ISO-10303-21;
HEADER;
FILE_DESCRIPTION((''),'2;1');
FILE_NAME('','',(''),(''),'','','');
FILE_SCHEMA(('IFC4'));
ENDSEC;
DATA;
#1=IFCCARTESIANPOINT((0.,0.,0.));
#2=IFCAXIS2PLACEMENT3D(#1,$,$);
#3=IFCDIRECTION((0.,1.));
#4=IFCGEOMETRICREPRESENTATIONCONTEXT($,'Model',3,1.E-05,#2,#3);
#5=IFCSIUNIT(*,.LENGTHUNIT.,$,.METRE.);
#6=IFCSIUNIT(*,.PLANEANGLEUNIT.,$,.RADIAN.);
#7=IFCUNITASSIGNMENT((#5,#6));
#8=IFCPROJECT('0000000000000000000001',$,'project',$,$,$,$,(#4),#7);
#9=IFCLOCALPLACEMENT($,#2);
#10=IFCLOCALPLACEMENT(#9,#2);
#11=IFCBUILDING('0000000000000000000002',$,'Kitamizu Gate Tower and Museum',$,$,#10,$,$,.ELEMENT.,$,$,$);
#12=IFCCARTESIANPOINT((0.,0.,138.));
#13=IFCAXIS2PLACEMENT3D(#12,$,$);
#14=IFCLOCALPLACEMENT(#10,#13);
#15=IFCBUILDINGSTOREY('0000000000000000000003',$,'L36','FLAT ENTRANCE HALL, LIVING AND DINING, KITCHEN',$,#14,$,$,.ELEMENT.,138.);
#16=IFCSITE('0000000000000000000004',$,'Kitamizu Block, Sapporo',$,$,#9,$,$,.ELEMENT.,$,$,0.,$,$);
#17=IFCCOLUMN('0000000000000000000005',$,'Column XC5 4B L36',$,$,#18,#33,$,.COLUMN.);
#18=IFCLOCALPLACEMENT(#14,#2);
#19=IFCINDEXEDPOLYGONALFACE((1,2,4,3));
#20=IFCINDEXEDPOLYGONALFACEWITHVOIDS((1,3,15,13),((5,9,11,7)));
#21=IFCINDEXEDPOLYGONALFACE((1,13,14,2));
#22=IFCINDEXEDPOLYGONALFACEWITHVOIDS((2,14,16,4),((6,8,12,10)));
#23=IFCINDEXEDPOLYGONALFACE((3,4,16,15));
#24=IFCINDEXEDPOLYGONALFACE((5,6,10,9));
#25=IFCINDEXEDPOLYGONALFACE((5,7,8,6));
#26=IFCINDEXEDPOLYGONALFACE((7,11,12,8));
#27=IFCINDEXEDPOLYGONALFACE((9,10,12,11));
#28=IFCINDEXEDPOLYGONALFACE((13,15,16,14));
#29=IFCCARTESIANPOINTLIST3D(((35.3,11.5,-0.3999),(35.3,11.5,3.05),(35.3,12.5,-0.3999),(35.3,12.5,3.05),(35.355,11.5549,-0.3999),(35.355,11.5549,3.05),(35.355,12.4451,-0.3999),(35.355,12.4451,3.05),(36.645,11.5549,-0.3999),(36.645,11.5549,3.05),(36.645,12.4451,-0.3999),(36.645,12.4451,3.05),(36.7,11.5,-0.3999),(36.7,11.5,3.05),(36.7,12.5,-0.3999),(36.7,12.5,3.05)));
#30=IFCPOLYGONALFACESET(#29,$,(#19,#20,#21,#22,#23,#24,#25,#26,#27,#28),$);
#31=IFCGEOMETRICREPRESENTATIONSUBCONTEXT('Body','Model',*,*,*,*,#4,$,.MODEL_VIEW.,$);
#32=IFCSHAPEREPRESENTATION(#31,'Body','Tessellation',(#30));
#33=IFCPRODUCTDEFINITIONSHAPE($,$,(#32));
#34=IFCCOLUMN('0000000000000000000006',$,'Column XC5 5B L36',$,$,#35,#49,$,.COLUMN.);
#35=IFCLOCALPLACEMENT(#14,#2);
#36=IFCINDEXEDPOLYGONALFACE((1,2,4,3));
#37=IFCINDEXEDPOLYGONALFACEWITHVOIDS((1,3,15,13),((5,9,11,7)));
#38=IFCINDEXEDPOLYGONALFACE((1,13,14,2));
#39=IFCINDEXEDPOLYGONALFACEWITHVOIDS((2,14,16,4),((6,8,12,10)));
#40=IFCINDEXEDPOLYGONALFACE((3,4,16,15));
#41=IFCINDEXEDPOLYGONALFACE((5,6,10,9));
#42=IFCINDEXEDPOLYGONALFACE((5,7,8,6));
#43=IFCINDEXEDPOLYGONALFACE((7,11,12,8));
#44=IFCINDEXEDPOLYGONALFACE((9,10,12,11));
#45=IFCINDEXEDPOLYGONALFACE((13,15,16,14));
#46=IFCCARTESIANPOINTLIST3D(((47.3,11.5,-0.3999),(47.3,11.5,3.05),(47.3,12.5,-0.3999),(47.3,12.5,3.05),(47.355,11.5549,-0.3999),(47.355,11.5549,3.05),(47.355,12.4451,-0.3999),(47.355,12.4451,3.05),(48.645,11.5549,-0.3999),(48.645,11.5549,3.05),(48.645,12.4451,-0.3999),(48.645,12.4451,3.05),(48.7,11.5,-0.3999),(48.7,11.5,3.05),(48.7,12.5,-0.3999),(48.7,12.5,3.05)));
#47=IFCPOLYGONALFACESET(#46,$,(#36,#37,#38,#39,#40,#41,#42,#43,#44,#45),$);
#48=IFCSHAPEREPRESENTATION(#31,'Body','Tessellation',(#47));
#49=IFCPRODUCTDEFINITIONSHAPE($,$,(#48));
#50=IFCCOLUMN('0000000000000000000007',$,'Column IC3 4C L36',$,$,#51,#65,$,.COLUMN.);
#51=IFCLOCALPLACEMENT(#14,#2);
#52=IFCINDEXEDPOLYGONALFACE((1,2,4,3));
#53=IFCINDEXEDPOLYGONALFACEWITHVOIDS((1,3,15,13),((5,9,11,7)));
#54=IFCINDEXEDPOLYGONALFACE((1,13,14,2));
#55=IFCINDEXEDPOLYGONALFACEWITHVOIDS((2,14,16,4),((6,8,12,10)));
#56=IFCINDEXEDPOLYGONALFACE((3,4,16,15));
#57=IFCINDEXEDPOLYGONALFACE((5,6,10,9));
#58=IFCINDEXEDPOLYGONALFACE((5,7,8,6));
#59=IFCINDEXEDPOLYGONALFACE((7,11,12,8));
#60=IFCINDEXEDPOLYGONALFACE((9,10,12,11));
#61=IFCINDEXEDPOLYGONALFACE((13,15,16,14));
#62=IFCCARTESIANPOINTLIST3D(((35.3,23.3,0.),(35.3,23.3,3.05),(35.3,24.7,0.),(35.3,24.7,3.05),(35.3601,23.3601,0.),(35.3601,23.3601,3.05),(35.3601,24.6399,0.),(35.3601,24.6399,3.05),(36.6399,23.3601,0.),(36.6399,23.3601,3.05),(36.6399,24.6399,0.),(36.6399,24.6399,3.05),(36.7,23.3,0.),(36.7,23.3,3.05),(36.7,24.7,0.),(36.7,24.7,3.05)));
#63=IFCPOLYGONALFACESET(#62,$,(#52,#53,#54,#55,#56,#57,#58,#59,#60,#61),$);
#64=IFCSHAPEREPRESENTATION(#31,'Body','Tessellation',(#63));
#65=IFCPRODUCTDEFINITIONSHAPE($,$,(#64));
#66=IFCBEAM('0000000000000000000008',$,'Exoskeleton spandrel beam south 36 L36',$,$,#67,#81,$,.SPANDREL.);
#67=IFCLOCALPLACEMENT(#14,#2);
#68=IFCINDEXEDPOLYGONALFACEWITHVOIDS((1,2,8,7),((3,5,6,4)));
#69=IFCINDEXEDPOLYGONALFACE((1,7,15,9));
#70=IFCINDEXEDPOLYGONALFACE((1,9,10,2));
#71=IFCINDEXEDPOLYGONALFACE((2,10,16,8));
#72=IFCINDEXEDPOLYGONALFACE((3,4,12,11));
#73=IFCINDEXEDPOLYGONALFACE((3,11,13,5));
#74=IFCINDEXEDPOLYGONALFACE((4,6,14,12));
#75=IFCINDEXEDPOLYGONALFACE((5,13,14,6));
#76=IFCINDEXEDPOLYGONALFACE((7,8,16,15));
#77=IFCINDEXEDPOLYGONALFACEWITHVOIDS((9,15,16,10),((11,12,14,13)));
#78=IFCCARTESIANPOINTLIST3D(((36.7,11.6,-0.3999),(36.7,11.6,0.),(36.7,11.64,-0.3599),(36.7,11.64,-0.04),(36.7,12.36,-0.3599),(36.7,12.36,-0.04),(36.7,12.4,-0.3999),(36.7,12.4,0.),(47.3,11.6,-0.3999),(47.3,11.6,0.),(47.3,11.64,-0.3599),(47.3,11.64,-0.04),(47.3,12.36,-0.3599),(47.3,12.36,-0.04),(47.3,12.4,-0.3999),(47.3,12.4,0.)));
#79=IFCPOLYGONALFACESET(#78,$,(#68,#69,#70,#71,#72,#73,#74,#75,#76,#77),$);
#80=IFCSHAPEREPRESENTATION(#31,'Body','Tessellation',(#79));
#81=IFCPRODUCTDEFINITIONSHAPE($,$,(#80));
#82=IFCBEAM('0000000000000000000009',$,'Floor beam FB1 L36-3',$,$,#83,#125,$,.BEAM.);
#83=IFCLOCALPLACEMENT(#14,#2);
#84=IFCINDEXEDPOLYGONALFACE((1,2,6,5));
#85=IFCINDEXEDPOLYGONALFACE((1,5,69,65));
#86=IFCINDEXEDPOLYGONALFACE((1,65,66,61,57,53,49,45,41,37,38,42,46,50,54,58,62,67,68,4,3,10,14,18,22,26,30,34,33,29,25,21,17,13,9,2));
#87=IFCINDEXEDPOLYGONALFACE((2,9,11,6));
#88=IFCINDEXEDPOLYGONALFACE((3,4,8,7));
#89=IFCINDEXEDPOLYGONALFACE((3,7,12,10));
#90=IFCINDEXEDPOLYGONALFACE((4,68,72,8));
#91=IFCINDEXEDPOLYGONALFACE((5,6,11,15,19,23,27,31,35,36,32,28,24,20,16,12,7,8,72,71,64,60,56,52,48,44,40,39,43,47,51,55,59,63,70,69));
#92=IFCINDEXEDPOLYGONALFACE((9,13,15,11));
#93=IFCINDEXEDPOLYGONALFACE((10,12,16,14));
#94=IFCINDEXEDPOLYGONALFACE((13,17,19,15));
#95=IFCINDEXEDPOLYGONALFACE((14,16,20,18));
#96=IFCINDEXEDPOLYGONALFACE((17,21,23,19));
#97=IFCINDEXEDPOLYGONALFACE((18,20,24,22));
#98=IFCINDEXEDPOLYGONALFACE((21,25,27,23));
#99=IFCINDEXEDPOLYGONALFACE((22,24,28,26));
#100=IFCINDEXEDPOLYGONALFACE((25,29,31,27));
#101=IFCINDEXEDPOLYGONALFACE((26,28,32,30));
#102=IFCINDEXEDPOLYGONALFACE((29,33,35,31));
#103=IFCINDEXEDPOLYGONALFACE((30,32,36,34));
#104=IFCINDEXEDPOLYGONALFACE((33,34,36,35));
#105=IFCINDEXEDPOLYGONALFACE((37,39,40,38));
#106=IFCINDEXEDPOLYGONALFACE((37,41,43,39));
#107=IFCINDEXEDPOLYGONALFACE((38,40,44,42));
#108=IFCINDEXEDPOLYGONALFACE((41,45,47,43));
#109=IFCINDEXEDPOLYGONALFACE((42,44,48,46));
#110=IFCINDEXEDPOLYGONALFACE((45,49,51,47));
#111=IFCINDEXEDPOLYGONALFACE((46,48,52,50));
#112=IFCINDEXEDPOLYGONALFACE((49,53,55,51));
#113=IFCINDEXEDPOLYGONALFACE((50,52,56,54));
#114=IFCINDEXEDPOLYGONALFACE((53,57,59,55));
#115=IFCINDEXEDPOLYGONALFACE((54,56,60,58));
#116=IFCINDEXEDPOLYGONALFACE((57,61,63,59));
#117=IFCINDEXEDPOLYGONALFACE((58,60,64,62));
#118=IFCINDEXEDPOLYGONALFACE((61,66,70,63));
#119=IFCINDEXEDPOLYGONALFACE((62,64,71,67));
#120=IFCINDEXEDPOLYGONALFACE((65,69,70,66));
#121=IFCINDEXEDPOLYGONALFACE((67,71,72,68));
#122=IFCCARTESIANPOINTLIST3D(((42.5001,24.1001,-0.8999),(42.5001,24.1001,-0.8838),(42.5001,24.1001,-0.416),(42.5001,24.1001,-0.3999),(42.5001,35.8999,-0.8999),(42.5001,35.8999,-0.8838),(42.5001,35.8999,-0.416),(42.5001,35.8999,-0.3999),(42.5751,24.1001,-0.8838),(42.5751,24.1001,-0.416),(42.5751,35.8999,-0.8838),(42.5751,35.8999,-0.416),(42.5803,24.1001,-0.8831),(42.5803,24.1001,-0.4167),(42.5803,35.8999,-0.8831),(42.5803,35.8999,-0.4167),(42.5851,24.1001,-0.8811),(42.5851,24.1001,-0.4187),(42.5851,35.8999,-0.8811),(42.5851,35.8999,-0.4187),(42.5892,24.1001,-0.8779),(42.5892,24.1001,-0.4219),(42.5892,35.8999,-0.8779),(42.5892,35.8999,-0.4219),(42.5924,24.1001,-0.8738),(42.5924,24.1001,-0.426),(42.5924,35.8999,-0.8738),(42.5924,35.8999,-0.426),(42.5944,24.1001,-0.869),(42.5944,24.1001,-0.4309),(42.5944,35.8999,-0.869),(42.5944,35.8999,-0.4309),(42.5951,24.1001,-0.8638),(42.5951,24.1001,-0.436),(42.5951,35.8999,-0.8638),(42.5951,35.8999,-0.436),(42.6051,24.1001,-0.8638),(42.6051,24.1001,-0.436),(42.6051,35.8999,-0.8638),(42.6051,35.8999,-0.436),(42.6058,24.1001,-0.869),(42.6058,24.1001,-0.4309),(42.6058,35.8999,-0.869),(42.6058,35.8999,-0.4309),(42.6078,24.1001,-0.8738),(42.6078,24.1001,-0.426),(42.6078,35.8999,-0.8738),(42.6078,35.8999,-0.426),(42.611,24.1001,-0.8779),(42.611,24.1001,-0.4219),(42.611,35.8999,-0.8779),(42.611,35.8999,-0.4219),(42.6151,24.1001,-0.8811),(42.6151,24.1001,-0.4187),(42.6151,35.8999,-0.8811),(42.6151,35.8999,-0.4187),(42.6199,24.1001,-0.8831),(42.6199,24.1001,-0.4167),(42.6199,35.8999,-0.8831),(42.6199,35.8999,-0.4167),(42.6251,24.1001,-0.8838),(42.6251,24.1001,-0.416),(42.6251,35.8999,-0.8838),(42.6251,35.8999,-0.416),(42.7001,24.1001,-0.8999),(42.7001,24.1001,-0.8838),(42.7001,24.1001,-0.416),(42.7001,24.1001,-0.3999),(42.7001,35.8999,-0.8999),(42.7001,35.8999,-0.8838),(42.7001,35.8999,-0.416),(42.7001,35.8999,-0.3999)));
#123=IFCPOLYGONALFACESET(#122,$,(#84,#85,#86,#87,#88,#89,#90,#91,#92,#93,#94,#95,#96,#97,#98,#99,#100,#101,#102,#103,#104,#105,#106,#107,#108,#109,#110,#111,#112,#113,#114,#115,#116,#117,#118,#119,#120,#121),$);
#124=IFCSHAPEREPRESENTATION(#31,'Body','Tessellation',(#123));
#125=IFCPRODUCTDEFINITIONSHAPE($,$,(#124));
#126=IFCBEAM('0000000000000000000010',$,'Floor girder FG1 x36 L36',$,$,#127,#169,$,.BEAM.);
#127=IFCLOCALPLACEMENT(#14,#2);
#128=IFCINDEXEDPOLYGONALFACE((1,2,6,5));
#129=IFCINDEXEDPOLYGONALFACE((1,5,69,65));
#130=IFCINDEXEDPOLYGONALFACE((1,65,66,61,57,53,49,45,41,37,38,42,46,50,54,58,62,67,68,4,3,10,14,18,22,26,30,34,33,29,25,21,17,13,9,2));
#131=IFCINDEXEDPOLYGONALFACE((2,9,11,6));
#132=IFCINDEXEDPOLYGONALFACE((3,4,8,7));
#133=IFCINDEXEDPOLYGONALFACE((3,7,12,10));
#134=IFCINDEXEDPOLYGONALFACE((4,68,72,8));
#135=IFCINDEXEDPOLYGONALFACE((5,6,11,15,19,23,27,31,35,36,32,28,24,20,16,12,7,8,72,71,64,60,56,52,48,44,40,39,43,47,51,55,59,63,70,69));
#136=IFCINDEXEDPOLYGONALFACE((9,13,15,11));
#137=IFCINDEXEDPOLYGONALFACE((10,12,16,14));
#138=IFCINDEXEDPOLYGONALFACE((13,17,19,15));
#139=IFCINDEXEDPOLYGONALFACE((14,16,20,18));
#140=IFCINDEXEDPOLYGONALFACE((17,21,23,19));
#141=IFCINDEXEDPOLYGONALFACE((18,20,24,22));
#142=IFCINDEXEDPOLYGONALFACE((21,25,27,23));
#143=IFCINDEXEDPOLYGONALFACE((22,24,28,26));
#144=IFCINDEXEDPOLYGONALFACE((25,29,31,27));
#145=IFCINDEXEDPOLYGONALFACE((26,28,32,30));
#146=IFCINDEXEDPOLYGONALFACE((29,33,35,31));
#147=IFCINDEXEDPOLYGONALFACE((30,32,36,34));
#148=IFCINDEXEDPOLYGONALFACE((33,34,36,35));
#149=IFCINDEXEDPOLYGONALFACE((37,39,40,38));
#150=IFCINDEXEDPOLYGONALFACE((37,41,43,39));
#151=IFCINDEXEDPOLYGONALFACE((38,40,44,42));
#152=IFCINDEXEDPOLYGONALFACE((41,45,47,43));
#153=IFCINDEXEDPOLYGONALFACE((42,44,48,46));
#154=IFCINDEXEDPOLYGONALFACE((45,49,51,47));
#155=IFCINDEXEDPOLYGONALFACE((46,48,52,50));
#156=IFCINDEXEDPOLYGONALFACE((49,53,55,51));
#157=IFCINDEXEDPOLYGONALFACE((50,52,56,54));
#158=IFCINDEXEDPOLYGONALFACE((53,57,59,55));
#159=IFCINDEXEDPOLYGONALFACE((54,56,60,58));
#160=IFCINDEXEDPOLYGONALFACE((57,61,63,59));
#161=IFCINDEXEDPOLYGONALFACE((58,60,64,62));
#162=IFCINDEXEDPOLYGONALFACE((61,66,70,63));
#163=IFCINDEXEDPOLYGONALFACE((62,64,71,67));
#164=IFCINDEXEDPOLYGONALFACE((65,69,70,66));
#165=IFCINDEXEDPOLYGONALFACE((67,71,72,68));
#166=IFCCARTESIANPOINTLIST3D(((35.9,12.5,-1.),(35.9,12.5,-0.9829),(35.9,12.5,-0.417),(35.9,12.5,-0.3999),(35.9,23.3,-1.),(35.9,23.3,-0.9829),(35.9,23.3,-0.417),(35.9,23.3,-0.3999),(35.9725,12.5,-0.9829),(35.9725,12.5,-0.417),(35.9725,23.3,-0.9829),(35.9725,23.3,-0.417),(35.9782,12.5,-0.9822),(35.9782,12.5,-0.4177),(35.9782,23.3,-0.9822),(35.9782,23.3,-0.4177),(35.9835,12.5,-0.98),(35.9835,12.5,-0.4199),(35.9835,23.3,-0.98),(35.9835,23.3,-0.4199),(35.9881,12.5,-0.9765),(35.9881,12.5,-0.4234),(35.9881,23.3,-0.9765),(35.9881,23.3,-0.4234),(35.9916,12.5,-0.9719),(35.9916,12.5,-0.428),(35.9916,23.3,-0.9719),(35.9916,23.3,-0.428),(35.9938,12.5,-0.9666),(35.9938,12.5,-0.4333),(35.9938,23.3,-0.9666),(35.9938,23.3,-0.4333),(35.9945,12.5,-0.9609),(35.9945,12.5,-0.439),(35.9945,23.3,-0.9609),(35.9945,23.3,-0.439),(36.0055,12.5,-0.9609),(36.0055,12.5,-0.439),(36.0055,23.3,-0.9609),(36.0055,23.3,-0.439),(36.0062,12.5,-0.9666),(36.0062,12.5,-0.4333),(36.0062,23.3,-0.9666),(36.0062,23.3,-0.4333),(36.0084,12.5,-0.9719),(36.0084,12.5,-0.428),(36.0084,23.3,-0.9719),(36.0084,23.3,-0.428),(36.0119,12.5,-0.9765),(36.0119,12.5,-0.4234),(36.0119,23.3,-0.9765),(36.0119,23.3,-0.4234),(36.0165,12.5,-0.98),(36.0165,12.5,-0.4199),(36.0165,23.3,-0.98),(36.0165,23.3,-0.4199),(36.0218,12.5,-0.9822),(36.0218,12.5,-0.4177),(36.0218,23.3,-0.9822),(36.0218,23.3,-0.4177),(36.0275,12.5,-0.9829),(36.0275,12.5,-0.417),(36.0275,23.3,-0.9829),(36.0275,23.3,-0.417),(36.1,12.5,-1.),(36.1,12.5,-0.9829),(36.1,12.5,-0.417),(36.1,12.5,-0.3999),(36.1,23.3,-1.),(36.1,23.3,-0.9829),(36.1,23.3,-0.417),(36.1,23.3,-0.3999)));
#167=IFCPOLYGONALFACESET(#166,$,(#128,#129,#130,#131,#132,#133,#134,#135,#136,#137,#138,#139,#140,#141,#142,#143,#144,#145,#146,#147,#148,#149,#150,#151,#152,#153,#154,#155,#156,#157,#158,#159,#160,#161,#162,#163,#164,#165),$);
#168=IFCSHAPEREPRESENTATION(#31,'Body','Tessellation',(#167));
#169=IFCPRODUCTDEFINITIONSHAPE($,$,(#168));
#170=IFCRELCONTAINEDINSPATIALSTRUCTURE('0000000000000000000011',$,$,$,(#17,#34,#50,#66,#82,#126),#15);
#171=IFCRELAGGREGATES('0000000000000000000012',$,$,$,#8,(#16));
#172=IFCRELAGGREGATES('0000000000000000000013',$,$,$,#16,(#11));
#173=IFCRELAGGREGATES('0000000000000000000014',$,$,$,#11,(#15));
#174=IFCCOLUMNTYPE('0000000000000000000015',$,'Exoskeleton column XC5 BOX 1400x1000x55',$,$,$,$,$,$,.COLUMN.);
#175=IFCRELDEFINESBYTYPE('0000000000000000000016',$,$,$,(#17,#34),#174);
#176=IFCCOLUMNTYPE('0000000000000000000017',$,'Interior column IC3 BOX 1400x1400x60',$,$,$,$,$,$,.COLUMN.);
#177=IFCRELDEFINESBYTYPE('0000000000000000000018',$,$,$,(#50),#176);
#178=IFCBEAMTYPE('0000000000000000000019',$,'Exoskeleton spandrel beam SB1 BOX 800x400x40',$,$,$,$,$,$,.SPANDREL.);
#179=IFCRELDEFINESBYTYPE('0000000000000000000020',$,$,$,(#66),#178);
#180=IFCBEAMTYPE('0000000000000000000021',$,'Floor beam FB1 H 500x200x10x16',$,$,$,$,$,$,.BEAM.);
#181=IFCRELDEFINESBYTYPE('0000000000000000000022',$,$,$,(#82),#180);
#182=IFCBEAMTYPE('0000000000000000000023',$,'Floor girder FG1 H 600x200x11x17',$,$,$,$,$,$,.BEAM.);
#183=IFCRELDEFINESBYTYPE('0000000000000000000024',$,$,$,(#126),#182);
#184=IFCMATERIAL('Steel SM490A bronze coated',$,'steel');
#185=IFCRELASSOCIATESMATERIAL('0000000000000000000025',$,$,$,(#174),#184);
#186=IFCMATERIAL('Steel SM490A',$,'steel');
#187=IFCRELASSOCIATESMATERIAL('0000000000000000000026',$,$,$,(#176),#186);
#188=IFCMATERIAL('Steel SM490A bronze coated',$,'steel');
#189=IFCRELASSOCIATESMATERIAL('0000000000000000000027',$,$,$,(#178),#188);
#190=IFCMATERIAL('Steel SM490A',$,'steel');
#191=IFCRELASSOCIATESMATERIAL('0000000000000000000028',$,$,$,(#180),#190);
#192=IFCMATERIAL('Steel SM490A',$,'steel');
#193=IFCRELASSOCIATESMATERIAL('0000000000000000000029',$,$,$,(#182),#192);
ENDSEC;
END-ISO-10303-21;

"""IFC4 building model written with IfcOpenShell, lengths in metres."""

from ifc_helpers import new_model, si_unit, direction, frame, origin, origin_2d, place, context, subcontext, project, spatial, hollow_rectangle, i_section, extrude, material, material_profile, profile_set, type_object, element, save


model = new_model("IFC4")

# Units and contexts
model_context = context("Model", 3, precision=1e-05, world=origin(), true_north=direction((0.0, 1.0)))
body_context = subcontext(model_context, "Body", "Model", "MODEL_VIEW")
ifc_project = project(units=[si_unit("LENGTHUNIT", "METRE"), si_unit("PLANEANGLEUNIT", "RADIAN")], contexts=[model_context])

# Site, building, storey
site_placement = place(None, origin())
site = spatial("IfcSite", under=ifc_project, at=site_placement, Name="Kitamizu Block, Sapporo", CompositionType="ELEMENT", RefElevation=0.0)
building_placement = place(site_placement, origin())
building = spatial("IfcBuilding", under=site, at=building_placement, Name="Kitamizu Gate Tower and Museum", CompositionType="ELEMENT")
storey_placement = place(building_placement, frame((0.0, 0.0, 138.0)))
storey = spatial("IfcBuildingStorey", under=building, at=storey_placement, Name="L36", Description="FLAT ENTRANCE HALL, LIVING AND DINING, KITCHEN", CompositionType="ELEMENT", Elevation=138.0)

# Columns
ifc_material_1 = material(Name="Steel SM490A bronze coated", Category="steel")
ifc_material_profile_1 = material_profile(ifc_material_1, hollow_rectangle(XDim=1.3999, YDim=1.0, WallThickness=0.0549, at=origin_2d()), Name="BOX 1400x1000x55")
ifc_profile_set_1 = profile_set([ifc_material_profile_1], Name="Steel SM490A bronze coated")
column_type_1 = type_object("IfcColumnType", Name="Exoskeleton column XC5 BOX 1400x1000x55", PredefinedType="COLUMN", material=ifc_profile_set_1)
for number, where, z_axis, x_axis, name in (
    (1, (36.0, 12.0, -0.3999), (0.0, 0.0, 1.0), (1.0, 0.0, 0.0), "Column XC5 4B L36"),
    (2, (48.0, 12.0, -0.3999), (0.0, 0.0, 1.0), (1.0, 0.0, 0.0), "Column XC5 5B L36"),
):
    element("IfcColumn", number, at=place(storey_placement, frame(where, z_axis=z_axis, x_axis=x_axis)), inside=storey, type_object=column_type_1, Name=name, PredefinedType="COLUMN", context=body_context, shape_type="SweptSolid", body=[
        extrude(hollow_rectangle(XDim=1.3999, YDim=1.0, WallThickness=0.0549, at=origin_2d()), origin(), (0.0, 0.0, 1.0), 3.45),
    ])
ifc_material_2 = material(Name="Steel SM490A", Category="steel")
ifc_material_profile_2 = material_profile(ifc_material_2, hollow_rectangle(XDim=1.3999, YDim=1.3999, WallThickness=0.0601, at=origin_2d()), Name="BOX 1400x1400x60")
ifc_profile_set_2 = profile_set([ifc_material_profile_2], Name="Steel SM490A")
column_type_2 = type_object("IfcColumnType", Name="Interior column IC3 BOX 1400x1400x60", PredefinedType="COLUMN", material=ifc_profile_set_2)
column_placement = place(storey_placement, frame((36.0, 24.0, 0.0), z_axis=(0.0, 0.0, 1.0), x_axis=(1.0, 0.0, 0.0)))
element("IfcColumn", 3, at=column_placement, inside=storey, type_object=column_type_2, Name="Column IC3 4C L36", PredefinedType="COLUMN", context=body_context, shape_type="SweptSolid", body=[
    extrude(hollow_rectangle(XDim=1.3999, YDim=1.3999, WallThickness=0.0601, at=origin_2d()), origin(), (0.0, 0.0, 1.0), 3.05),
])

# Beams
ifc_material_3 = material(Name="Steel SM490A bronze coated", Category="steel")
ifc_material_profile_3 = material_profile(ifc_material_3, hollow_rectangle(XDim=0.8, YDim=0.3999, WallThickness=0.04, at=origin_2d()), Name="BOX 800x400x40")
ifc_profile_set_3 = profile_set([ifc_material_profile_3], Name="Steel SM490A bronze coated")
beam_type_1 = type_object("IfcBeamType", Name="Exoskeleton spandrel beam SB1 BOX 800x400x40", PredefinedType="SPANDREL", material=ifc_profile_set_3)
beam_1_placement = place(storey_placement, frame((36.7, 12.0, -0.2), z_axis=(1.0, 0.0, 0.0), x_axis=(0.0, 1.0, 0.0)))
element("IfcBeam", 4, at=beam_1_placement, inside=storey, type_object=beam_type_1, Name="Exoskeleton spandrel beam south 36 L36", PredefinedType="SPANDREL", context=body_context, shape_type="SweptSolid", body=[
    extrude(hollow_rectangle(XDim=0.8, YDim=0.3999, WallThickness=0.04, at=origin_2d()), origin(), (0.0, 0.0, 1.0), 10.6001),
])
ifc_material_4 = material(Name="Steel SM490A", Category="steel")
ifc_material_profile_4 = material_profile(ifc_material_4, i_section(OverallWidth=0.2, OverallDepth=0.5, WebThickness=0.01, FlangeThickness=0.0161, FilletRadius=0.02, at=origin_2d()), Name="H-500x200x10x16")
ifc_profile_set_4 = profile_set([ifc_material_profile_4], Name="Steel SM490A")
beam_type_2 = type_object("IfcBeamType", Name="Floor beam FB1 H 500x200x10x16", PredefinedType="BEAM", material=ifc_profile_set_4)
beam_2_placement = place(storey_placement, frame((42.6001, 24.1001, -0.6499), z_axis=(0.0, 1.0, 0.0), x_axis=(-1.0, 0.0, 0.0)))
element("IfcBeam", 5, at=beam_2_placement, inside=storey, type_object=beam_type_2, Name="Floor beam FB1 L36-3", PredefinedType="BEAM", context=body_context, shape_type="SweptSolid", body=[
    extrude(i_section(OverallWidth=0.2, OverallDepth=0.5, WebThickness=0.01, FlangeThickness=0.0161, FilletRadius=0.02, at=origin_2d()), origin(), (0.0, 0.0, 1.0), 11.7998),
])
ifc_material_5 = material(Name="Steel SM490A", Category="steel")
ifc_material_profile_5 = material_profile(ifc_material_5, i_section(OverallWidth=0.2, OverallDepth=0.6001, WebThickness=0.011, FlangeThickness=0.0171, FilletRadius=0.022, at=origin_2d()), Name="H-600x200x11x17")
ifc_profile_set_5 = profile_set([ifc_material_profile_5], Name="Steel SM490A")
beam_type_3 = type_object("IfcBeamType", Name="Floor girder FG1 H 600x200x11x17", PredefinedType="BEAM", material=ifc_profile_set_5)
beam_3_placement = place(storey_placement, frame((36.0, 12.5, -0.7), z_axis=(0.0, 1.0, 0.0), x_axis=(-1.0, 0.0, 0.0)))
element("IfcBeam", 6, at=beam_3_placement, inside=storey, type_object=beam_type_3, Name="Floor girder FG1 x36 L36", PredefinedType="BEAM", context=body_context, shape_type="SweptSolid", body=[
    extrude(i_section(OverallWidth=0.2, OverallDepth=0.6001, WebThickness=0.011, FlangeThickness=0.0171, FilletRadius=0.022, at=origin_2d()), origin(), (0.0, 0.0, 1.0), 10.8),
])

save(model, "model.ifc")
